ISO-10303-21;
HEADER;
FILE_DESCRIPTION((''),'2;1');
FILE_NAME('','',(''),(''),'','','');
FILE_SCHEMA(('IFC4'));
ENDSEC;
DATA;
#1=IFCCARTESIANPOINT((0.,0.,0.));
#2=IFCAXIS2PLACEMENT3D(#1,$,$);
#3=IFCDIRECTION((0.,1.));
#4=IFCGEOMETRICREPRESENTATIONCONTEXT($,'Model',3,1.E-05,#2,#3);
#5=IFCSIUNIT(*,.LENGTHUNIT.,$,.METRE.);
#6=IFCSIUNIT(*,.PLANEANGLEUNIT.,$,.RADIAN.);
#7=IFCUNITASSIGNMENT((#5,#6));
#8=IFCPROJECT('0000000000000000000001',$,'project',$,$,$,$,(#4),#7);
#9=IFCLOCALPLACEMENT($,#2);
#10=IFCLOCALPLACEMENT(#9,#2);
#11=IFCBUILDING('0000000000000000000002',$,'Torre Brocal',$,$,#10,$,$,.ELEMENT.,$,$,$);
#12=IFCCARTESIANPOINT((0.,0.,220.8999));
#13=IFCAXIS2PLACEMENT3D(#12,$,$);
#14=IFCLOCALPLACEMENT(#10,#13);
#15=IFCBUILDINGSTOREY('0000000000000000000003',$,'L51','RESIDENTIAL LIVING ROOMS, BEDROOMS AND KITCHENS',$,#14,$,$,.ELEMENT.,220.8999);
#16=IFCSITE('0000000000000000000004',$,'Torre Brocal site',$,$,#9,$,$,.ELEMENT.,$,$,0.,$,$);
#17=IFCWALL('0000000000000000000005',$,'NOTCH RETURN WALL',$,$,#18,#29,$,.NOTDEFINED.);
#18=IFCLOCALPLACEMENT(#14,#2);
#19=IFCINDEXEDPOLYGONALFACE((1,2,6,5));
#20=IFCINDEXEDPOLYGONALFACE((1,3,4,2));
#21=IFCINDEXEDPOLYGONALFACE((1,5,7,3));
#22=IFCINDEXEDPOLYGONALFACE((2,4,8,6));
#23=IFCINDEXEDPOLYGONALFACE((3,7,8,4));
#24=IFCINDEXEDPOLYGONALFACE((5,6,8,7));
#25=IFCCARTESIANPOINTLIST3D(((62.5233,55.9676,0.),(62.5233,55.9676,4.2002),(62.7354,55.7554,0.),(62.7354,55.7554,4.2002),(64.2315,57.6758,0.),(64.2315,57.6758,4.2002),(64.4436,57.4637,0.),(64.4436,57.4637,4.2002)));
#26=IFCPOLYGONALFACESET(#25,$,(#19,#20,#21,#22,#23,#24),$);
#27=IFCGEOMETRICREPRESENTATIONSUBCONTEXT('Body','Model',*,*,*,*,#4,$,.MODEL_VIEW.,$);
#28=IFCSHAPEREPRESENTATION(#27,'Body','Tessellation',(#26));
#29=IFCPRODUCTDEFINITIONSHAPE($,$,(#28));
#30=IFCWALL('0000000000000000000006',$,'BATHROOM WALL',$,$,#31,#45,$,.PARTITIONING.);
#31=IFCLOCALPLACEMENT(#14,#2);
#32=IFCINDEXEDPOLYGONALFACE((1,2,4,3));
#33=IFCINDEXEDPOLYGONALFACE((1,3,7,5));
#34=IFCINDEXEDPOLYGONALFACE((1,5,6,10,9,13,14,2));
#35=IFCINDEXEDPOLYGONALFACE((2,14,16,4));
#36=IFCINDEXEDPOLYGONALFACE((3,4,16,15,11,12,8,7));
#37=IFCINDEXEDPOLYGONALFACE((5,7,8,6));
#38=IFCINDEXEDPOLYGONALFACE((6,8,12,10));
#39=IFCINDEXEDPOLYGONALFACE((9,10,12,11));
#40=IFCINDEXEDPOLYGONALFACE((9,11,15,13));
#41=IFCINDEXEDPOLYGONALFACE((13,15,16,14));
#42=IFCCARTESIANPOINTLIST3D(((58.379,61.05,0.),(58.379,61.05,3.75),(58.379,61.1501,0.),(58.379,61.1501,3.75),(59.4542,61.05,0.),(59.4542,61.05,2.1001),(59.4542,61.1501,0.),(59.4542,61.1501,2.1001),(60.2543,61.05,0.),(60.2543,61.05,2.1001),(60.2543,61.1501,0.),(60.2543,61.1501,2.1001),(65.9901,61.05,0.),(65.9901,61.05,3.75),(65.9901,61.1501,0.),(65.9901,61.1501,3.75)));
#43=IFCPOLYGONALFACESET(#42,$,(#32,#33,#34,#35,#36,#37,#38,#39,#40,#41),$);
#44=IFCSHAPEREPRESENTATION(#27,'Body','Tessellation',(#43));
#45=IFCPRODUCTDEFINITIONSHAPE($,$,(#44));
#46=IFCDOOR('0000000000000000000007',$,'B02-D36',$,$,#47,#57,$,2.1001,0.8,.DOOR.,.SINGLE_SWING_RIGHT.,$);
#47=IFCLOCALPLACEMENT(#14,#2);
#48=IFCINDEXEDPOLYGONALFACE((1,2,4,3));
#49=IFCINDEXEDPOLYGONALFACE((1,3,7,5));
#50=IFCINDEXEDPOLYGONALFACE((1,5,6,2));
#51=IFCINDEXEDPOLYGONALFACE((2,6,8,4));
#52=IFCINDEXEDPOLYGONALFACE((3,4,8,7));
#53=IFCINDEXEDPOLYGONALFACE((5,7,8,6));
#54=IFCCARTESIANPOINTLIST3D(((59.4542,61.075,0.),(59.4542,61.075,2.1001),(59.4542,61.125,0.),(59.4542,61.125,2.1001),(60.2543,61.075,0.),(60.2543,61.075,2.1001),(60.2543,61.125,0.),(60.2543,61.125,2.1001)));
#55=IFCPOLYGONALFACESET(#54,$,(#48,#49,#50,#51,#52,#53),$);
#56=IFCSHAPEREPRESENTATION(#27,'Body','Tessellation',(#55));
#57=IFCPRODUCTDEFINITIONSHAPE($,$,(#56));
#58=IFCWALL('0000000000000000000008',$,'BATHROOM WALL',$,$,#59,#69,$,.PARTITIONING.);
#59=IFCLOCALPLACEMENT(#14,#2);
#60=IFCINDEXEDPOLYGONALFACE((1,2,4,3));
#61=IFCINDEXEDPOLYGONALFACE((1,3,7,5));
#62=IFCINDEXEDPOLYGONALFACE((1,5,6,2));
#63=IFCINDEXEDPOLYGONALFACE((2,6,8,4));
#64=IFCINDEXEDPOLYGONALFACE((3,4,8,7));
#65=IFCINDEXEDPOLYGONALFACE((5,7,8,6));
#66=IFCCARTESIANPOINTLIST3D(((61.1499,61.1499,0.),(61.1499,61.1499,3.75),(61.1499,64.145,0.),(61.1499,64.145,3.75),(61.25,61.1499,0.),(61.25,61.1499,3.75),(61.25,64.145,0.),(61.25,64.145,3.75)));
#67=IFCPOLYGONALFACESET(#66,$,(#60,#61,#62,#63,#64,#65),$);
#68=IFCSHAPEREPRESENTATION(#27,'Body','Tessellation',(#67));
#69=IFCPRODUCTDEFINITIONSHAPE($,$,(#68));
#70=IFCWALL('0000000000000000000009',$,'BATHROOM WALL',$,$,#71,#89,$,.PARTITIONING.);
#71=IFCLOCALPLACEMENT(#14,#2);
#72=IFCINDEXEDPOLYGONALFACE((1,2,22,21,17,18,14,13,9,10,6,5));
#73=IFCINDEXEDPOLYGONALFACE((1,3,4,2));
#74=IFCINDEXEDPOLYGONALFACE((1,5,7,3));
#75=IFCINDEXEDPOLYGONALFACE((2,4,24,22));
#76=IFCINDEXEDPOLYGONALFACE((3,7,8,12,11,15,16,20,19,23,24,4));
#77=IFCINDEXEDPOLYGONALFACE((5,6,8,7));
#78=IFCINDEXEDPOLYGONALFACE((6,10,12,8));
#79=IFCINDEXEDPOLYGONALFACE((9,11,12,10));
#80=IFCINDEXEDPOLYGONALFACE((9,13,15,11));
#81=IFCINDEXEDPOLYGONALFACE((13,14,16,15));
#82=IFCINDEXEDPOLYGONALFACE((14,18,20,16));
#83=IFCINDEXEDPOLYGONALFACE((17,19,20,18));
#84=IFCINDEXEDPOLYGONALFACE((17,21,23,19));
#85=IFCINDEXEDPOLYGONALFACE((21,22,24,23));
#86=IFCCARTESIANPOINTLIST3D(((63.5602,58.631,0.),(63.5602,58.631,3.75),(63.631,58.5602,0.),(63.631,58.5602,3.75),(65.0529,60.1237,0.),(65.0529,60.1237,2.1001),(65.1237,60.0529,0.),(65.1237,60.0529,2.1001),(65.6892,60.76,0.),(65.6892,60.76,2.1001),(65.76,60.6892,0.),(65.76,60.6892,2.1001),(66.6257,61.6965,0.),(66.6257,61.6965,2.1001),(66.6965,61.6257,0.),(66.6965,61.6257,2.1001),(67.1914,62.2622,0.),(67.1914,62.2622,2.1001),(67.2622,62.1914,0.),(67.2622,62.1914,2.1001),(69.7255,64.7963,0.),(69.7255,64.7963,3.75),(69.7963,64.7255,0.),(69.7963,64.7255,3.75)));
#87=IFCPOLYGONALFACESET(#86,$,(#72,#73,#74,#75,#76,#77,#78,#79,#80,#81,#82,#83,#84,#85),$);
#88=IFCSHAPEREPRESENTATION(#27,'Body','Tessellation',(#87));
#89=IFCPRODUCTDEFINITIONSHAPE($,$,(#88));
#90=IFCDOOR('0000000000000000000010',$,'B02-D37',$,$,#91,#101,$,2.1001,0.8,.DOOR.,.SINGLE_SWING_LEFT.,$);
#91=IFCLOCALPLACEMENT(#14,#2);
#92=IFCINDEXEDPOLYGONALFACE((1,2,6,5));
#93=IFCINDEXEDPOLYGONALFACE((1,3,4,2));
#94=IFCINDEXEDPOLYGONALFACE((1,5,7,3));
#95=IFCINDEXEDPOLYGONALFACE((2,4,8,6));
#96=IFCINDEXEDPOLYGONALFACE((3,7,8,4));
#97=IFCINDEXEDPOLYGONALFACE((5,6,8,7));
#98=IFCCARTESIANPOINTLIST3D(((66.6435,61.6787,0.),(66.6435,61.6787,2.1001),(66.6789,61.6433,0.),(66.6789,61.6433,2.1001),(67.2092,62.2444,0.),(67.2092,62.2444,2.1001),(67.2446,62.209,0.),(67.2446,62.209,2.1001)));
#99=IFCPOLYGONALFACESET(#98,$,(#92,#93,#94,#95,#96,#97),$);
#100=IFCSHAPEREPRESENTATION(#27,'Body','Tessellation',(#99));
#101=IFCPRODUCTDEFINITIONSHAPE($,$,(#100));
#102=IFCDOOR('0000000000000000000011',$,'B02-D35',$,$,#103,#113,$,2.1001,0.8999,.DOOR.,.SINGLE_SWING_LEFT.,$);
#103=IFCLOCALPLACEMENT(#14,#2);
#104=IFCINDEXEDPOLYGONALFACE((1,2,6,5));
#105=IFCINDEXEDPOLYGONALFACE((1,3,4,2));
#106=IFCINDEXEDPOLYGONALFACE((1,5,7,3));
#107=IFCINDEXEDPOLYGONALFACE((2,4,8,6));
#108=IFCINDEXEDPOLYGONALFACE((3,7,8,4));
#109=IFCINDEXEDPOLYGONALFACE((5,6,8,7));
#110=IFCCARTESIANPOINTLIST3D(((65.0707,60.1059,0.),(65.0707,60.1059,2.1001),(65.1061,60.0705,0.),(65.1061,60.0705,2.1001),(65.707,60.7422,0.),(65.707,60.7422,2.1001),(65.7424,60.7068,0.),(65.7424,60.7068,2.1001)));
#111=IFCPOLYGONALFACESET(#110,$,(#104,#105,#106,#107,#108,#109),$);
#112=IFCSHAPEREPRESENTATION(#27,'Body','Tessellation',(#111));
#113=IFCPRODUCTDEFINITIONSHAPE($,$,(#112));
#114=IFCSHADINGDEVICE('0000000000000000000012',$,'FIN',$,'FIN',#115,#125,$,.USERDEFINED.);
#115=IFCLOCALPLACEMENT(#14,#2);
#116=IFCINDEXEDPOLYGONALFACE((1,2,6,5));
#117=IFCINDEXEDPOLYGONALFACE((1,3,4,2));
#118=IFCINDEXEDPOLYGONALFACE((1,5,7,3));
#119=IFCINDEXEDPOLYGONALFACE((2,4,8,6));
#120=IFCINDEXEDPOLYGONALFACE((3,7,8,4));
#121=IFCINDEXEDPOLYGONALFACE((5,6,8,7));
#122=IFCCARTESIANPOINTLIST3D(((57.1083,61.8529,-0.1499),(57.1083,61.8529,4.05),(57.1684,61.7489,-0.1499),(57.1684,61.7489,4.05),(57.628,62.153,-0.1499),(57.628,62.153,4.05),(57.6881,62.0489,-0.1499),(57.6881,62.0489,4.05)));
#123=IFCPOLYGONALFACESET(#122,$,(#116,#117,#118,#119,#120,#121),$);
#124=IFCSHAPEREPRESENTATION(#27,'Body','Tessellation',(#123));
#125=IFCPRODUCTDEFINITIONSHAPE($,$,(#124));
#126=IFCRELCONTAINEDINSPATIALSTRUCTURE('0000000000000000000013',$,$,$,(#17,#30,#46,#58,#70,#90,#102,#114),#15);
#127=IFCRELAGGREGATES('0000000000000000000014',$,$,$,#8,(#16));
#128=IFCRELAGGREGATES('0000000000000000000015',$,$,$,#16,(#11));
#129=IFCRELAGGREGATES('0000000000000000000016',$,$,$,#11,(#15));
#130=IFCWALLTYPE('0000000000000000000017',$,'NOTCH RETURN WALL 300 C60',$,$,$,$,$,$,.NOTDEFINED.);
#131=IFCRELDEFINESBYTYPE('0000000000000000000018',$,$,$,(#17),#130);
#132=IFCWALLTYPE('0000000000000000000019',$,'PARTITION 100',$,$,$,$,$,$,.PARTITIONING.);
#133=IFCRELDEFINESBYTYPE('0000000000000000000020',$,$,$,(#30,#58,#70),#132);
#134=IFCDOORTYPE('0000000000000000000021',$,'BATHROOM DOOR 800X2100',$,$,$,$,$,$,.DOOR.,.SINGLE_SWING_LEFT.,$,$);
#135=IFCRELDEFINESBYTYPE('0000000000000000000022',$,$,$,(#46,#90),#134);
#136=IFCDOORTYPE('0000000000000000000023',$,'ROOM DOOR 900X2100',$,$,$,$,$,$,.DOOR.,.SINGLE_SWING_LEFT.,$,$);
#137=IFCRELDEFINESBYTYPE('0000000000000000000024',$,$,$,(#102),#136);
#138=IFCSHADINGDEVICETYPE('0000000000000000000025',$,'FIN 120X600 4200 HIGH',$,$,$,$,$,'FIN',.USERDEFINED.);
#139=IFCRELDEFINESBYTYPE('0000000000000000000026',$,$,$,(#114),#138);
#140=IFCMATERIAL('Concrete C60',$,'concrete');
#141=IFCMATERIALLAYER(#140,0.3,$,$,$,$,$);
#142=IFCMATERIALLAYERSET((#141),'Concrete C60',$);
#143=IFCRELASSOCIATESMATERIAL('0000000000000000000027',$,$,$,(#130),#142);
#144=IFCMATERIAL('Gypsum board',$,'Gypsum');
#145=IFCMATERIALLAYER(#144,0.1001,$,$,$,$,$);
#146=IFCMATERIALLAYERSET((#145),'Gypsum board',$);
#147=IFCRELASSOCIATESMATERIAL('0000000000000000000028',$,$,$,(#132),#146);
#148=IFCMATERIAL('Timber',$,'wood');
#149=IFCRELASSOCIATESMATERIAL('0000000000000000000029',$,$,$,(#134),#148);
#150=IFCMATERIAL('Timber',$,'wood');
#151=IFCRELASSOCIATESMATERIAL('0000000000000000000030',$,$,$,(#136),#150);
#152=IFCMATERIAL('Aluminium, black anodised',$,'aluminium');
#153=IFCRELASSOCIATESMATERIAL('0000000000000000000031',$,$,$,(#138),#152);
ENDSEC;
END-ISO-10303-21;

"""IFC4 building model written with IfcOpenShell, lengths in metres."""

from ifc_helpers import new_model, si_unit, direction, frame, frame_2d, origin, origin_2d, place, context, subcontext, project, spatial, rectangle, extrude, material, layer, layer_set, material_profile, profile_set, type_object, element, fill, save


model = new_model("IFC4")

# Units and contexts
model_context = context("Model", 3, precision=1e-05, world=origin(), true_north=direction((0.0, 1.0)))
body_context = subcontext(model_context, "Body", "Model", "MODEL_VIEW")
ifc_project = project(units=[si_unit("LENGTHUNIT", "METRE"), si_unit("PLANEANGLEUNIT", "RADIAN")], contexts=[model_context])

# Site, building, storey
site_placement = place(None, origin())
site = spatial("IfcSite", under=ifc_project, at=site_placement, Name="Torre Brocal site", CompositionType="ELEMENT", RefElevation=0.0)
building_placement = place(site_placement, origin())
building = spatial("IfcBuilding", under=site, at=building_placement, Name="Torre Brocal", CompositionType="ELEMENT")
storey_placement = place(building_placement, frame((0.0, 0.0, 220.8999)))
storey = spatial("IfcBuildingStorey", under=building, at=storey_placement, Name="L51", Description="RESIDENTIAL LIVING ROOMS, BEDROOMS AND KITCHENS", CompositionType="ELEMENT", Elevation=220.8999)

# Wall
ifc_material_1 = material(Name="Concrete C60", Category="concrete")
ifc_layer_1 = layer(ifc_material_1, 0.3)
ifc_layer_set_1 = layer_set([ifc_layer_1], Name="Concrete C60")
wall_type_1 = type_object("IfcWallType", Name="NOTCH RETURN WALL 300 C60", PredefinedType="NOTDEFINED", material=ifc_layer_set_1)
for number, where, z_axis, x_axis, name in (
    (1, (64.3376, 57.5698, 0.0), (0.0, 0.0, 1.0), (-0.707107, -0.707107, 0.0), "NOTCH RETURN WALL"),
):
    element("IfcWall", number, at=place(storey_placement, frame(where, z_axis=z_axis, x_axis=x_axis)), inside=storey, type_object=wall_type_1, Name=name, PredefinedType="NOTDEFINED", context=body_context, shape_type="SweptSolid", body=[
        extrude(rectangle(XDim=2.4158, YDim=0.3, at=frame_2d((1.208, 0.0))), origin(), (0.0, 0.0, 1.0), 4.2002),
    ])

# Wall, opening, door
ifc_material_2 = material(Name="Gypsum board", Category="Gypsum")
ifc_layer_2 = layer(ifc_material_2, 0.1001)
ifc_layer_set_2 = layer_set([ifc_layer_2], Name="Gypsum board")
wall_type_2 = type_object("IfcWallType", Name="PARTITION 100", PredefinedType="PARTITIONING", material=ifc_layer_set_2)
wall_1_placement = place(storey_placement, frame((58.3789, 61.1001, 0.0), z_axis=(0.0, 0.0, 1.0), x_axis=(1.0, 0.0, 0.0)))
wall_1 = element("IfcWall", 2, at=wall_1_placement, inside=storey, type_object=wall_type_2, Name="BATHROOM WALL", PredefinedType="PARTITIONING", context=body_context, shape_type="SweptSolid", body=[
    extrude(rectangle(XDim=7.6111, YDim=0.1001, at=frame_2d((3.8057, 0.0))), origin(), (0.0, 0.0, 1.0), 3.75),
])
opening_1_placement = place(wall_1_placement, frame((1.0754, 0.0, 0.0)))
opening_1 = element("IfcOpeningElement", 3, at=opening_1_placement, cuts=wall_1, PredefinedType="OPENING", context=body_context, shape_type="SweptSolid", body=[
    extrude(rectangle(XDim=0.8, YDim=2.1001, at=frame_2d((0.3999, 1.05))), frame((0.0, 0.0601, 0.0), z_axis=(0.0, -1.0, 0.0), x_axis=(1.0, 0.0, 0.0)), (0.0, 0.0, 1.0), 0.1201),
])
ifc_material_3 = material(Name="Timber", Category="wood")
door_type_1 = type_object("IfcDoorType", Name="BATHROOM DOOR 800X2100", OperationType="SINGLE_SWING_LEFT", PredefinedType="DOOR", material=ifc_material_3)
door_1_placement = place(opening_1_placement, origin())
door_1 = element("IfcDoor", 4, at=door_1_placement, inside=storey, type_object=door_type_1, Name="B02-D36", OperationType="SINGLE_SWING_RIGHT", OverallHeight=2.1001, OverallWidth=0.8, PredefinedType="DOOR", context=body_context, shape_type="SweptSolid", body=[
    extrude(rectangle(XDim=0.8, YDim=2.1001, at=frame_2d((0.3999, 1.05))), frame((0.0, 0.0249, 0.0), z_axis=(0.0, -1.0, 0.0), x_axis=(1.0, 0.0, 0.0)), (0.0, 0.0, 1.0), 0.05),
])
fill(opening_1, door_1)

# Wall
wall_2_placement = place(storey_placement, frame((61.2, 61.1499, 0.0), z_axis=(0.0, 0.0, 1.0), x_axis=(0.0, 1.0, 0.0)))
element("IfcWall", 5, at=wall_2_placement, inside=storey, type_object=wall_type_2, Name="BATHROOM WALL", PredefinedType="PARTITIONING", context=body_context, shape_type="SweptSolid", body=[
    extrude(rectangle(XDim=2.9951, YDim=0.1001, at=frame_2d((1.4976, 0.0))), origin(), (0.0, 0.0, 1.0), 3.75),
])

# Wall, openings, doors
wall_3_placement = place(storey_placement, frame((63.5957, 58.5957, 0.0), z_axis=(0.0, 0.0, 1.0), x_axis=(0.707107, 0.707107, 0.0)))
wall_3 = element("IfcWall", 6, at=wall_3_placement, inside=storey, type_object=wall_type_2, Name="BATHROOM WALL", PredefinedType="PARTITIONING", context=body_context, shape_type="SweptSolid", body=[
    extrude(rectangle(XDim=8.719, YDim=0.1001, at=frame_2d((4.3594, 0.0))), origin(), (0.0, 0.0, 1.0), 3.75),
])
opening_2_placement = place(wall_3_placement, frame((2.1108, 0.0, 0.0)))
opening_2 = element("IfcOpeningElement", 7, at=opening_2_placement, cuts=wall_3, PredefinedType="OPENING", context=body_context, shape_type="SweptSolid", body=[
    extrude(rectangle(XDim=0.8999, YDim=2.1001, at=frame_2d((0.45, 1.05))), frame((0.0, 0.0601, 0.0), z_axis=(0.0, -1.0, 0.0), x_axis=(1.0, 0.0, 0.0)), (0.0, 0.0, 1.0), 0.1201),
])
opening_3_placement = place(wall_3_placement, frame((4.3352, 0.0, 0.0)))
opening_3 = element("IfcOpeningElement", 8, at=opening_3_placement, cuts=wall_3, PredefinedType="OPENING", context=body_context, shape_type="SweptSolid", body=[
    extrude(rectangle(XDim=0.8, YDim=2.1001, at=frame_2d((0.3999, 1.05))), frame((0.0, 0.0601, 0.0), z_axis=(0.0, -1.0, 0.0), x_axis=(1.0, 0.0, 0.0)), (0.0, 0.0, 1.0), 0.1201),
])
door_2_placement = place(opening_3_placement, origin())
door_2 = element("IfcDoor", 9, at=door_2_placement, inside=storey, type_object=door_type_1, Name="B02-D37", OperationType="SINGLE_SWING_LEFT", OverallHeight=2.1001, OverallWidth=0.8, PredefinedType="DOOR", context=body_context, shape_type="SweptSolid", body=[
    extrude(rectangle(XDim=0.8, YDim=2.1001, at=frame_2d((0.3999, 1.05))), frame((0.0, 0.0249, 0.0), z_axis=(0.0, -1.0, 0.0), x_axis=(1.0, 0.0, 0.0)), (0.0, 0.0, 1.0), 0.05),
])
fill(opening_3, door_2)
ifc_material_4 = material(Name="Timber", Category="wood")
door_type_2 = type_object("IfcDoorType", Name="ROOM DOOR 900X2100", OperationType="SINGLE_SWING_LEFT", PredefinedType="DOOR", material=ifc_material_4)
door_3_placement = place(opening_2_placement, origin())
door_3 = element("IfcDoor", 10, at=door_3_placement, inside=storey, type_object=door_type_2, Name="B02-D35", OperationType="SINGLE_SWING_LEFT", OverallHeight=2.1001, OverallWidth=0.8999, PredefinedType="DOOR", context=body_context, shape_type="SweptSolid", body=[
    extrude(rectangle(XDim=0.8999, YDim=2.1001, at=frame_2d((0.45, 1.05))), frame((0.0, 0.0249, 0.0), z_axis=(0.0, -1.0, 0.0), x_axis=(1.0, 0.0, 0.0)), (0.0, 0.0, 1.0), 0.05),
])
fill(opening_2, door_3)

# Shading device
ifc_material_5 = material(Name="Aluminium, black anodised", Category="aluminium")
ifc_material_profile_1 = material_profile(ifc_material_5, rectangle(XDim=0.1201, YDim=0.6001, at=origin_2d()), Name="FIN 120X600 4200 HIGH")
ifc_profile_set_1 = profile_set([ifc_material_profile_1], Name="Aluminium, black anodised")
shading_device_type = type_object("IfcShadingDeviceType", Name="FIN 120X600 4200 HIGH", ElementType="FIN", PredefinedType="USERDEFINED", material=ifc_profile_set_1)
shading_device_placement = place(storey_placement, frame((57.3982, 61.9509, -0.1499), z_axis=(0.0, 0.0, 1.0), x_axis=(0.5, -0.866025, 0.0)))
element("IfcShadingDevice", 11, at=shading_device_placement, inside=storey, type_object=shading_device_type, Name="FIN", ObjectType="FIN", PredefinedType="USERDEFINED", context=body_context, shape_type="SweptSolid", body=[
    extrude(rectangle(XDim=0.1201, YDim=0.6001, at=origin_2d()), origin(), (0.0, 0.0, 1.0), 4.2),
])

save(model, "model.ifc")
